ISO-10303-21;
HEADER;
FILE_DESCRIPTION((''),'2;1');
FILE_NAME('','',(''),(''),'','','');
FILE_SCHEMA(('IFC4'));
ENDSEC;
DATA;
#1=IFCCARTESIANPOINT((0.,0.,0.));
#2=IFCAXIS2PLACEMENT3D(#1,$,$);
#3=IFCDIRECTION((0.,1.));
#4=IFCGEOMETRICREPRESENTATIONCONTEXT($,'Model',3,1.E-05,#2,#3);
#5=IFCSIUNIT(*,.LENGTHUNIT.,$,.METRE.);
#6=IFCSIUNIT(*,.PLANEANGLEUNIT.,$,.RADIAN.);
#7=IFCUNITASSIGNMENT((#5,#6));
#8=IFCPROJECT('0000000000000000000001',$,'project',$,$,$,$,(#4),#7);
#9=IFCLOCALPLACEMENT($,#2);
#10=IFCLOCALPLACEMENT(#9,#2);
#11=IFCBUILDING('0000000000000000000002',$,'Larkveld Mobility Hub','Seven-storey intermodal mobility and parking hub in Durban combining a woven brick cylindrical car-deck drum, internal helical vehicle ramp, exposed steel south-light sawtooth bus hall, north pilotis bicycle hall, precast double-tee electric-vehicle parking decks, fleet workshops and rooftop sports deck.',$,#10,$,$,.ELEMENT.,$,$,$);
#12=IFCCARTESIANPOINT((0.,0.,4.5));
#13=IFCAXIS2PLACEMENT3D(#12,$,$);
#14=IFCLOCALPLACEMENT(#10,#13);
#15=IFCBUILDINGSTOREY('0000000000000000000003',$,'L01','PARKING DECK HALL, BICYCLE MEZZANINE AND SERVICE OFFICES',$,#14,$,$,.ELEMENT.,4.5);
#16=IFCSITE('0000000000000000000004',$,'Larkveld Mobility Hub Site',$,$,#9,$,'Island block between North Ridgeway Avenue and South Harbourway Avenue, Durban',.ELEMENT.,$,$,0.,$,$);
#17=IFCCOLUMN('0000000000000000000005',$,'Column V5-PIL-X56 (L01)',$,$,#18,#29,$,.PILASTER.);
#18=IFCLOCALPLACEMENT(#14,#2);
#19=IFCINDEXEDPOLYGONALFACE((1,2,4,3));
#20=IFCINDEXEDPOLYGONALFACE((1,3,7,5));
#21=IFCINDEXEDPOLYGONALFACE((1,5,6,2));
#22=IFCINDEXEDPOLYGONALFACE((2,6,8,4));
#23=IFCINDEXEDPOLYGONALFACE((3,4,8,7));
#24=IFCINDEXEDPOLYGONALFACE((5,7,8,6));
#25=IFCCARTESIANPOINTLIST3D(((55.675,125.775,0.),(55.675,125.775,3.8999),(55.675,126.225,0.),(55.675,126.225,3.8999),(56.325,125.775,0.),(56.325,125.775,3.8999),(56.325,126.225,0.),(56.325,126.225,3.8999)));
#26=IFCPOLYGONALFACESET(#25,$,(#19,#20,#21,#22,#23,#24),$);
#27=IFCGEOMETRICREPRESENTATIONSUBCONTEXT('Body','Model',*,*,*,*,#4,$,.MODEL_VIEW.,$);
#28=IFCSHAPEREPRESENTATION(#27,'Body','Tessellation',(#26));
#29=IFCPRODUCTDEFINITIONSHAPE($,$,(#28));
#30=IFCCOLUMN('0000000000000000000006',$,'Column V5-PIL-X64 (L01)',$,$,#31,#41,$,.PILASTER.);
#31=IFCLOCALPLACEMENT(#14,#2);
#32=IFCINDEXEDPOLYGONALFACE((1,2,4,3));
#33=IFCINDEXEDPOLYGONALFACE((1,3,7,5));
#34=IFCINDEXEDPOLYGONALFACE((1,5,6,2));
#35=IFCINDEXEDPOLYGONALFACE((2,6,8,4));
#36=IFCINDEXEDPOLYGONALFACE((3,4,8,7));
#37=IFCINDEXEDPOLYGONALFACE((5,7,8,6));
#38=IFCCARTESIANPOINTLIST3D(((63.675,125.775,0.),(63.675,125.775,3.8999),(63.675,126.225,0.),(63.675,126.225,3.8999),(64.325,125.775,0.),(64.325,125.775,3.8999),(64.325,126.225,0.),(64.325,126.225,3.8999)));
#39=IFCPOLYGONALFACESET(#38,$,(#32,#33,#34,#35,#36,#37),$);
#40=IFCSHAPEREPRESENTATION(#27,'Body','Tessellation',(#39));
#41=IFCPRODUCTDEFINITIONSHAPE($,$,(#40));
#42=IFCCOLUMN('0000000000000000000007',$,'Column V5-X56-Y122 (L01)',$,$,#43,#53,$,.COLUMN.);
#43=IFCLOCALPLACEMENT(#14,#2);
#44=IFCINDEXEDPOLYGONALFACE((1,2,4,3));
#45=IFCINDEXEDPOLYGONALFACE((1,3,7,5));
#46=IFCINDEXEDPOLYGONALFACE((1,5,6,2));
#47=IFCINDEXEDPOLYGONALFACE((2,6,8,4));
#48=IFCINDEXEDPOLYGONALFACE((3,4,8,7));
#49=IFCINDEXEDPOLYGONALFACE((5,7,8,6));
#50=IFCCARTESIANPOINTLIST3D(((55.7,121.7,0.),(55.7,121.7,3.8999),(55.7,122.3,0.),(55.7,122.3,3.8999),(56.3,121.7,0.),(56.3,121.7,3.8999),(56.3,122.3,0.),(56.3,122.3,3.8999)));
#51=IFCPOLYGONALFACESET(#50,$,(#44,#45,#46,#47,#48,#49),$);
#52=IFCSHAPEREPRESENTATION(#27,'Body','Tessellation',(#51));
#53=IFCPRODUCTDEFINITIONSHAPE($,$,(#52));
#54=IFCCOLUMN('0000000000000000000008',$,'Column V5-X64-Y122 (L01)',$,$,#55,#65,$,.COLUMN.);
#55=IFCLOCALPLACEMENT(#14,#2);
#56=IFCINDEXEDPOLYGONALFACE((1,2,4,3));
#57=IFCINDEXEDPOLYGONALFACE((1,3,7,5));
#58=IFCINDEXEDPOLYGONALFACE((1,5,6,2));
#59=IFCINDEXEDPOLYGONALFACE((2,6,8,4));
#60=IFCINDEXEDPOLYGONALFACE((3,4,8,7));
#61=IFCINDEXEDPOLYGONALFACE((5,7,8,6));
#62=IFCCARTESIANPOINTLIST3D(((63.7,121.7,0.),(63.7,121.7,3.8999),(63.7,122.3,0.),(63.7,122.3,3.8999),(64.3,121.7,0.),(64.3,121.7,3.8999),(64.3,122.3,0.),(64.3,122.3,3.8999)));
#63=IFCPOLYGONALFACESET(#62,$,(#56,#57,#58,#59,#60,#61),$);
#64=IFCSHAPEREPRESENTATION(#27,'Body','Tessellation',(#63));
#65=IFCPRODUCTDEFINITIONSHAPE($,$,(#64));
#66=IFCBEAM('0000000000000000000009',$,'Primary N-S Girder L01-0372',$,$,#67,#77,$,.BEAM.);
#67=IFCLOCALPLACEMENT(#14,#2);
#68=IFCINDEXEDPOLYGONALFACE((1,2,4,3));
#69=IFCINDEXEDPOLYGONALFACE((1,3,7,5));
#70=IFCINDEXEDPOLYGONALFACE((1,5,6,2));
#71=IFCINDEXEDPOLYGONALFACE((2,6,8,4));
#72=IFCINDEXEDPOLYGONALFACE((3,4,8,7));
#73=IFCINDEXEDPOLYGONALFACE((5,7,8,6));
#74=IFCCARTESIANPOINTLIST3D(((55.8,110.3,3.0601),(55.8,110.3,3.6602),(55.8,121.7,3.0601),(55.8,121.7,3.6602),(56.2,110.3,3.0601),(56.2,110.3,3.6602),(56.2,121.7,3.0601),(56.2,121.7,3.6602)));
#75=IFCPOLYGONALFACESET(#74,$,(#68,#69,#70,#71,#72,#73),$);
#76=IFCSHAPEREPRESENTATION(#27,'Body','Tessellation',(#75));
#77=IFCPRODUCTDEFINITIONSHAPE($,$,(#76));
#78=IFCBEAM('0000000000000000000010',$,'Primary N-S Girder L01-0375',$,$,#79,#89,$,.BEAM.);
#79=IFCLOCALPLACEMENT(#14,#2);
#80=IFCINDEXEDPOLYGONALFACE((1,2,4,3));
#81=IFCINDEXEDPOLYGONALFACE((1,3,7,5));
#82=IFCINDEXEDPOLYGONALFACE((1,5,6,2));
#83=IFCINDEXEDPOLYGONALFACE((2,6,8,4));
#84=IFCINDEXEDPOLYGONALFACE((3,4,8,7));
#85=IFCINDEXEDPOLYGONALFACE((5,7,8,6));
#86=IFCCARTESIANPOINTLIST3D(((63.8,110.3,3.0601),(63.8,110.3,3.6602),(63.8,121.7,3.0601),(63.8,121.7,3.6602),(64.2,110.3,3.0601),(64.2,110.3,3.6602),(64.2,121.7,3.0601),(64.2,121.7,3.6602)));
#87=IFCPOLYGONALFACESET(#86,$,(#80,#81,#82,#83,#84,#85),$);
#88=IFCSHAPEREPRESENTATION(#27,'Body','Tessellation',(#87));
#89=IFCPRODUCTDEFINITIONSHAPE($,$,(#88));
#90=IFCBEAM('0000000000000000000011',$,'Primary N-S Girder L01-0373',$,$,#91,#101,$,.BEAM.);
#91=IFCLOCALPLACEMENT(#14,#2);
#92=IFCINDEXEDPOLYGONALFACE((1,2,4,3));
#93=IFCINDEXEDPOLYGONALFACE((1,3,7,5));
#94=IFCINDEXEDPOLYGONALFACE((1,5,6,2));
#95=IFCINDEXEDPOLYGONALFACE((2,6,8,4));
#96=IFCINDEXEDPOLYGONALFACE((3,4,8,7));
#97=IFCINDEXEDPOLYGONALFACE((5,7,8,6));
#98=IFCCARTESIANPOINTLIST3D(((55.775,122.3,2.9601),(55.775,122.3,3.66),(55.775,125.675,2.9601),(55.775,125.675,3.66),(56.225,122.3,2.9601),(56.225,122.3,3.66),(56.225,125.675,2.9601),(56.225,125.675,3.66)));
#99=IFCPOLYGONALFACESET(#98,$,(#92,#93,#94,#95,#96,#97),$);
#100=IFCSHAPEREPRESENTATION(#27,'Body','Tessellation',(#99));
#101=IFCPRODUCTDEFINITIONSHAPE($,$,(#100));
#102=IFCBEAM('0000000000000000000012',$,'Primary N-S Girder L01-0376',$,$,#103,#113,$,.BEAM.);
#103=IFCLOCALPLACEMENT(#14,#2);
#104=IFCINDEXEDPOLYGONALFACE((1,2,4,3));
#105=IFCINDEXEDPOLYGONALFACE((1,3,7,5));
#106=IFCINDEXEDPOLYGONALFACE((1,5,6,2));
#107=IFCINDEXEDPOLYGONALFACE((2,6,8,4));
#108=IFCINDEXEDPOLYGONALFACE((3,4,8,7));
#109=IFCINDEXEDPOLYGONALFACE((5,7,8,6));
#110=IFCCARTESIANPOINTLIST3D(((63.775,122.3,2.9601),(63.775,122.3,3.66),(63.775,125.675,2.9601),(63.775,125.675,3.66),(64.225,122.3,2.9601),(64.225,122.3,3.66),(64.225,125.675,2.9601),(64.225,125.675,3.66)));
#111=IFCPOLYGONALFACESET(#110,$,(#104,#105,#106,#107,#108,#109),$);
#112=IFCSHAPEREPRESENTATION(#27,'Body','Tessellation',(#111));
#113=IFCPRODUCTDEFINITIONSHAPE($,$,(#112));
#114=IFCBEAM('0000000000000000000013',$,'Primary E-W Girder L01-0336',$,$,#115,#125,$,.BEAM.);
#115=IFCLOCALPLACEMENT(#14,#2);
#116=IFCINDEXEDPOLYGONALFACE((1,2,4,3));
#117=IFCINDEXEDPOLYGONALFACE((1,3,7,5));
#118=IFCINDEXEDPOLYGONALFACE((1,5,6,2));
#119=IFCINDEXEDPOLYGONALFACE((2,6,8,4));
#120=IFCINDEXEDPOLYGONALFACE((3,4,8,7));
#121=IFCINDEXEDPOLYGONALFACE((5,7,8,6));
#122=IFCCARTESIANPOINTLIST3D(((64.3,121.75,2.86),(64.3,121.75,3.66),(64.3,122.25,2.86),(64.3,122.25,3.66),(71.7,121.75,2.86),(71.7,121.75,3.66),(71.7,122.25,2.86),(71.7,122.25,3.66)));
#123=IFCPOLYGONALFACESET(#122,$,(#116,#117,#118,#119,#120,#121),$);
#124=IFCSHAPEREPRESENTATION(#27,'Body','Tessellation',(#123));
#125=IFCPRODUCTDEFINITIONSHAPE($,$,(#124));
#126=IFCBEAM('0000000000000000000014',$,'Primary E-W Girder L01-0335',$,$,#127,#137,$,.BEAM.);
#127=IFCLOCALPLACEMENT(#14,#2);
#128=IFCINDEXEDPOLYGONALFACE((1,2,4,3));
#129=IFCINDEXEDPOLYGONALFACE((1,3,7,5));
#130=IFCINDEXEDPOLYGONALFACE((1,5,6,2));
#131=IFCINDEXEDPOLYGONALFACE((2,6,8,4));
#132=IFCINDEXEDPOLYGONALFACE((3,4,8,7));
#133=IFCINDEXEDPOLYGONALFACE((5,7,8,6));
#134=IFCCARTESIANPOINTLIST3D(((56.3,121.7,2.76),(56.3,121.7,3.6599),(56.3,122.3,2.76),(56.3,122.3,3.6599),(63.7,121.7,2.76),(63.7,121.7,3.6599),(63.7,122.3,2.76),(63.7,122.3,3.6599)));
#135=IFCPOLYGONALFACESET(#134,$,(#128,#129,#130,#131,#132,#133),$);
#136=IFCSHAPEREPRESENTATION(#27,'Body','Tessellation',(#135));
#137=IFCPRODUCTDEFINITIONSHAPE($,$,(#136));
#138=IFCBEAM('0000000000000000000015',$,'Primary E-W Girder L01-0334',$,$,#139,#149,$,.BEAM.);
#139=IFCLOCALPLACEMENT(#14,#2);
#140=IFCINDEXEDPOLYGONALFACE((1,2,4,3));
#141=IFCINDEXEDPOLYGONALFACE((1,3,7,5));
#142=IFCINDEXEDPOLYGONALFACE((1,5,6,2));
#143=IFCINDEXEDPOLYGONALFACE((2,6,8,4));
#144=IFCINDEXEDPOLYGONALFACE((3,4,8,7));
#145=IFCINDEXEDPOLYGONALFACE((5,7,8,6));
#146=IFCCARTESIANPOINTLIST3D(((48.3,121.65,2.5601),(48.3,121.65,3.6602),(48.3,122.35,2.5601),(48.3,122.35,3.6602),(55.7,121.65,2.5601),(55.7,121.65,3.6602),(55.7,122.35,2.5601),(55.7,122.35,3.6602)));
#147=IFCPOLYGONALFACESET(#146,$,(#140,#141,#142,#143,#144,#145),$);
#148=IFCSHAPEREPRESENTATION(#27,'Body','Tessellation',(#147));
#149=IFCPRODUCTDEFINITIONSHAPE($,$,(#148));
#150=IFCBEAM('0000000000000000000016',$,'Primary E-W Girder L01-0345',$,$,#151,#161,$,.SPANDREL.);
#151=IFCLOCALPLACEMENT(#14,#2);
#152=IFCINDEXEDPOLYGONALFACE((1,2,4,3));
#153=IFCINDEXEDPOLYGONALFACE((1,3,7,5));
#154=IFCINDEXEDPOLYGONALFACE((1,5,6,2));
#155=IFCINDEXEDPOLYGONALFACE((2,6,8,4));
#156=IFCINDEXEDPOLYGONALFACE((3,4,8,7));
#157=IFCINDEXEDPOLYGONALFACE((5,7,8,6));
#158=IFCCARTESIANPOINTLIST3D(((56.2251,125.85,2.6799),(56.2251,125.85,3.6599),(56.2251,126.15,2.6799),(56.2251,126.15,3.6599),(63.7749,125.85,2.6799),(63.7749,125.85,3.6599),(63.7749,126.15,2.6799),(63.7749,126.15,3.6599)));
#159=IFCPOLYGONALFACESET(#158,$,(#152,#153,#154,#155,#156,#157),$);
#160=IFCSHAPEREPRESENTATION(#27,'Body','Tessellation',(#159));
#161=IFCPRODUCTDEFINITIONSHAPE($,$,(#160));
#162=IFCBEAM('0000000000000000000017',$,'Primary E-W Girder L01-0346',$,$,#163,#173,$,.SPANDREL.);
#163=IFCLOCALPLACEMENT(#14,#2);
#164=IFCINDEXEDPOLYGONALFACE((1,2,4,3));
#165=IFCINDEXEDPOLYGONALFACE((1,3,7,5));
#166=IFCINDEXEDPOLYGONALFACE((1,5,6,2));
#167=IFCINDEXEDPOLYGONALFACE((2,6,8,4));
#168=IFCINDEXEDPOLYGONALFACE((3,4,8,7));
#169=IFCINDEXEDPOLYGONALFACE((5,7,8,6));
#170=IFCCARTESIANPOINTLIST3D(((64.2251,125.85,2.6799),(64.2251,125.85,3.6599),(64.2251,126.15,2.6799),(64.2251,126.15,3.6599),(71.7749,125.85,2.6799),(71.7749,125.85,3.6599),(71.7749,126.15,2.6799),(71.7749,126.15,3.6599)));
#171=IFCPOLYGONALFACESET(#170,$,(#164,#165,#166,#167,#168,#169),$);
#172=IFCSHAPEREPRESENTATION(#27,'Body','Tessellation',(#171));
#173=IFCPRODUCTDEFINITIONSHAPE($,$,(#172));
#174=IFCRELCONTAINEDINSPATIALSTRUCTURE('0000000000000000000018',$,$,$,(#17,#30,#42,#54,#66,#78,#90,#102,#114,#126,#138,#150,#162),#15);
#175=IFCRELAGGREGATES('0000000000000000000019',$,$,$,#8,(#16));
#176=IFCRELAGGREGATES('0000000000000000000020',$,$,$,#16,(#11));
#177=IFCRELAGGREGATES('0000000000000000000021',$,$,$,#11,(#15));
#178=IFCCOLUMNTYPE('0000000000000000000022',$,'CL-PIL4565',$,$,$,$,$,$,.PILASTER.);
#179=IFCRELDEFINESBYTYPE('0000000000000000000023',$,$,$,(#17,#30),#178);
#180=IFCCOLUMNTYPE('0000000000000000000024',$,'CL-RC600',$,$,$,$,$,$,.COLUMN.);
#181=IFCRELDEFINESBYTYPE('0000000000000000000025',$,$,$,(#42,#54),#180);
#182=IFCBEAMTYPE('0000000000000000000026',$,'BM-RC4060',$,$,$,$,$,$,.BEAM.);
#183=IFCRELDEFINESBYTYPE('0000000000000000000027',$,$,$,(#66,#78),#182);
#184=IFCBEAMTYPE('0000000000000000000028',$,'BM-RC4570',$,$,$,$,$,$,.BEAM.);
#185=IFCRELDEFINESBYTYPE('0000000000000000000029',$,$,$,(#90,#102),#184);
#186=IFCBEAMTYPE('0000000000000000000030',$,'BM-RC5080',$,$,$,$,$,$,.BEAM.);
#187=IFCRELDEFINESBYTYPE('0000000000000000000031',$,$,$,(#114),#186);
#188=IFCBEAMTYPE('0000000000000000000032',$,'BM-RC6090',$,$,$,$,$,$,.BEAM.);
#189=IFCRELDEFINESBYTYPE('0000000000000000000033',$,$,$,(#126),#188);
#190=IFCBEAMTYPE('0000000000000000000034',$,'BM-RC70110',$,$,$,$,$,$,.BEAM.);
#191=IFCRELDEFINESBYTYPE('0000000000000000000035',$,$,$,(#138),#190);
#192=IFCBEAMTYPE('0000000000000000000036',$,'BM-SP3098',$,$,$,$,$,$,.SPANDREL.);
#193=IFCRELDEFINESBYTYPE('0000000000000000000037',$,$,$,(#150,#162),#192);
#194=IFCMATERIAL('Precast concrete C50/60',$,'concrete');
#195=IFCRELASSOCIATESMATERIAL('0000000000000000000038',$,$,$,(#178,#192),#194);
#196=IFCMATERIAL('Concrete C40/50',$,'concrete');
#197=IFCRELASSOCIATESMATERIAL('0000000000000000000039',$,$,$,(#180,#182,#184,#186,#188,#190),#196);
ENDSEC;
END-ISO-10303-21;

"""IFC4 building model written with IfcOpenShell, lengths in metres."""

from ifc_helpers import new_model, si_unit, direction, frame, origin, origin_2d, place, context, subcontext, project, spatial, rectangle, extrude, material, material_profile, profile_set, type_object, element, save


model = new_model("IFC4")

# Units and contexts
model_context = context("Model", 3, precision=1e-05, world=origin(), true_north=direction((0.0, 1.0)))
body_context = subcontext(model_context, "Body", "Model", "MODEL_VIEW")
ifc_project = project(units=[si_unit("LENGTHUNIT", "METRE"), si_unit("PLANEANGLEUNIT", "RADIAN")], contexts=[model_context])

# Site, building, storey
site_placement = place(None, origin())
site = spatial("IfcSite", under=ifc_project, at=site_placement, Name="Larkveld Mobility Hub Site", LongName="Island block between North Ridgeway Avenue and South Harbourway Avenue, Durban", CompositionType="ELEMENT", RefElevation=0.0)
building_placement = place(site_placement, origin())
building = spatial("IfcBuilding", under=site, at=building_placement, Name="Larkveld Mobility Hub", Description="Seven-storey intermodal mobility and parking hub in Durban combining a woven brick cylindrical car-deck drum, internal helical vehicle ramp, exposed steel south-light sawtooth bus hall, north pilotis bicycle hall, precast double-tee electric-vehicle parking decks, fleet workshops and rooftop sports deck.", CompositionType="ELEMENT")
storey_placement = place(building_placement, frame((0.0, 0.0, 4.5)))
storey = spatial("IfcBuildingStorey", under=building, at=storey_placement, Name="L01", Description="PARKING DECK HALL, BICYCLE MEZZANINE AND SERVICE OFFICES", CompositionType="ELEMENT", Elevation=4.5)

# Columns
ifc_material_1 = material(Name="Precast concrete C50/60", Category="concrete")
ifc_material_profile_1 = material_profile(ifc_material_1, rectangle(XDim=0.45, YDim=0.6499, at=origin_2d()), Name="PC PIL 450x650")
ifc_profile_set_1 = profile_set([ifc_material_profile_1], Name="Precast concrete C50/60")
column_type_1 = type_object("IfcColumnType", Name="CL-PIL4565", PredefinedType="PILASTER", material=ifc_profile_set_1)
for number, where, z_axis, x_axis, name in (
    (1, (56.0, 126.0, 0.0), (0.0, 0.0, 1.0), (0.0, 1.0, 0.0), "Column V5-PIL-X56 (L01)"),
    (2, (64.0, 126.0, 0.0), (0.0, 0.0, 1.0), (0.0, 1.0, 0.0), "Column V5-PIL-X64 (L01)"),
):
    element("IfcColumn", number, at=place(storey_placement, frame(where, z_axis=z_axis, x_axis=x_axis)), inside=storey, type_object=column_type_1, Name=name, PredefinedType="PILASTER", context=body_context, shape_type="SweptSolid", body=[
        extrude(rectangle(XDim=0.45, YDim=0.6499, at=origin_2d()), origin(), (0.0, 0.0, 1.0), 3.8999),
    ])
ifc_material_2 = material(Name="Concrete C40/50", Category="concrete")
ifc_material_profile_2 = material_profile(ifc_material_2, rectangle(XDim=0.6001, YDim=0.6001, at=origin_2d()), Name="RC COL 600x600")
ifc_profile_set_2 = profile_set([ifc_material_profile_2], Name="Concrete C40/50")
column_type_2 = type_object("IfcColumnType", Name="CL-RC600", PredefinedType="COLUMN", material=ifc_profile_set_2)
for number, where, z_axis, x_axis, name in (
    (3, (56.0, 122.0, 0.0), (0.0, 0.0, 1.0), (1.0, 0.0, 0.0), "Column V5-X56-Y122 (L01)"),
    (4, (64.0, 122.0, 0.0), (0.0, 0.0, 1.0), (1.0, 0.0, 0.0), "Column V5-X64-Y122 (L01)"),
):
    element("IfcColumn", number, at=place(storey_placement, frame(where, z_axis=z_axis, x_axis=x_axis)), inside=storey, type_object=column_type_2, Name=name, PredefinedType="COLUMN", context=body_context, shape_type="SweptSolid", body=[
        extrude(rectangle(XDim=0.6001, YDim=0.6001, at=origin_2d()), origin(), (0.0, 0.0, 1.0), 3.8999),
    ])

# Beams
ifc_material_profile_3 = material_profile(ifc_material_2, rectangle(XDim=0.3999, YDim=0.6001, at=origin_2d()), Name="RC BM 400x600")
ifc_profile_set_3 = profile_set([ifc_material_profile_3], Name="Concrete C40/50")
beam_type_1 = type_object("IfcBeamType", Name="BM-RC4060", PredefinedType="BEAM", material=ifc_profile_set_3)
for number, where, z_axis, x_axis, name in (
    (5, (56.0, 110.3, 3.3601), (0.0, 1.0, 0.0), (-1.0, 0.0, 0.0), "Primary N-S Girder L01-0372"),
    (6, (64.0, 110.3, 3.3601), (0.0, 1.0, 0.0), (-1.0, 0.0, 0.0), "Primary N-S Girder L01-0375"),
):
    element("IfcBeam", number, at=place(storey_placement, frame(where, z_axis=z_axis, x_axis=x_axis)), inside=storey, type_object=beam_type_1, Name=name, PredefinedType="BEAM", context=body_context, shape_type="SweptSolid", body=[
        extrude(rectangle(XDim=0.3999, YDim=0.6001, at=origin_2d()), origin(), (0.0, 0.0, 1.0), 11.3999),
    ])
ifc_material_profile_4 = material_profile(ifc_material_2, rectangle(XDim=0.45, YDim=0.7, at=origin_2d()), Name="RC BM 450x700")
ifc_profile_set_4 = profile_set([ifc_material_profile_4], Name="Concrete C40/50")
beam_type_2 = type_object("IfcBeamType", Name="BM-RC4570", PredefinedType="BEAM", material=ifc_profile_set_4)
for number, where, z_axis, x_axis, name in (
    (7, (56.0, 122.3, 3.3101), (0.0, 1.0, 0.0), (-1.0, 0.0, 0.0), "Primary N-S Girder L01-0373"),
    (8, (64.0, 122.3, 3.3101), (0.0, 1.0, 0.0), (-1.0, 0.0, 0.0), "Primary N-S Girder L01-0376"),
):
    element("IfcBeam", number, at=place(storey_placement, frame(where, z_axis=z_axis, x_axis=x_axis)), inside=storey, type_object=beam_type_2, Name=name, PredefinedType="BEAM", context=body_context, shape_type="SweptSolid", body=[
        extrude(rectangle(XDim=0.45, YDim=0.7, at=origin_2d()), origin(), (0.0, 0.0, 1.0), 3.375),
    ])
ifc_material_profile_5 = material_profile(ifc_material_2, rectangle(XDim=0.5, YDim=0.8, at=origin_2d()), Name="RC BM 500x800")
ifc_profile_set_5 = profile_set([ifc_material_profile_5], Name="Concrete C40/50")
beam_type_3 = type_object("IfcBeamType", Name="BM-RC5080", PredefinedType="BEAM", material=ifc_profile_set_5)
beam_1_placement = place(storey_placement, frame((64.3, 122.0, 3.26), z_axis=(1.0, 0.0, 0.0), x_axis=(0.0, 1.0, 0.0)))
element("IfcBeam", 9, at=beam_1_placement, inside=storey, type_object=beam_type_3, Name="Primary E-W Girder L01-0336", PredefinedType="BEAM", context=body_context, shape_type="SweptSolid", body=[
    extrude(rectangle(XDim=0.5, YDim=0.8, at=origin_2d()), origin(), (0.0, 0.0, 1.0), 7.3999),
])
ifc_material_profile_6 = material_profile(ifc_material_2, rectangle(XDim=0.6001, YDim=0.8999, at=origin_2d()), Name="RC BM 600x900")
ifc_profile_set_6 = profile_set([ifc_material_profile_6], Name="Concrete C40/50")
beam_type_4 = type_object("IfcBeamType", Name="BM-RC6090", PredefinedType="BEAM", material=ifc_profile_set_6)
beam_2_placement = place(storey_placement, frame((56.3, 122.0, 3.21), z_axis=(1.0, 0.0, 0.0), x_axis=(0.0, 1.0, 0.0)))
element("IfcBeam", 10, at=beam_2_placement, inside=storey, type_object=beam_type_4, Name="Primary E-W Girder L01-0335", PredefinedType="BEAM", context=body_context, shape_type="SweptSolid", body=[
    extrude(rectangle(XDim=0.6001, YDim=0.8999, at=origin_2d()), origin(), (0.0, 0.0, 1.0), 7.3999),
])
ifc_material_profile_7 = material_profile(ifc_material_2, rectangle(XDim=0.7, YDim=1.1001, at=origin_2d()), Name="RC BM 700x1100")
ifc_profile_set_7 = profile_set([ifc_material_profile_7], Name="Concrete C40/50")
beam_type_5 = type_object("IfcBeamType", Name="BM-RC70110", PredefinedType="BEAM", material=ifc_profile_set_7)
beam_3_placement = place(storey_placement, frame((48.3, 122.0, 3.1101), z_axis=(1.0, 0.0, 0.0), x_axis=(0.0, 1.0, 0.0)))
element("IfcBeam", 11, at=beam_3_placement, inside=storey, type_object=beam_type_5, Name="Primary E-W Girder L01-0334", PredefinedType="BEAM", context=body_context, shape_type="SweptSolid", body=[
    extrude(rectangle(XDim=0.7, YDim=1.1001, at=origin_2d()), origin(), (0.0, 0.0, 1.0), 7.3999),
])
ifc_material_profile_8 = material_profile(ifc_material_1, rectangle(XDim=0.3, YDim=0.98, at=origin_2d()), Name="PC SP 300x980")
ifc_profile_set_8 = profile_set([ifc_material_profile_8], Name="Precast concrete C50/60")
beam_type_6 = type_object("IfcBeamType", Name="BM-SP3098", PredefinedType="SPANDREL", material=ifc_profile_set_8)
for number, where, z_axis, x_axis, name in (
    (12, (56.2251, 126.0, 3.1699), (1.0, 0.0, 0.0), (0.0, 1.0, 0.0), "Primary E-W Girder L01-0345"),
    (13, (64.2251, 126.0, 3.1699), (1.0, 0.0, 0.0), (0.0, 1.0, 0.0), "Primary E-W Girder L01-0346"),
):
    element("IfcBeam", number, at=place(storey_placement, frame(where, z_axis=z_axis, x_axis=x_axis)), inside=storey, type_object=beam_type_6, Name=name, PredefinedType="SPANDREL", context=body_context, shape_type="SweptSolid", body=[
        extrude(rectangle(XDim=0.3, YDim=0.98, at=origin_2d()), origin(), (0.0, 0.0, 1.0), 7.5498),
    ])

save(model, "model.ifc")
